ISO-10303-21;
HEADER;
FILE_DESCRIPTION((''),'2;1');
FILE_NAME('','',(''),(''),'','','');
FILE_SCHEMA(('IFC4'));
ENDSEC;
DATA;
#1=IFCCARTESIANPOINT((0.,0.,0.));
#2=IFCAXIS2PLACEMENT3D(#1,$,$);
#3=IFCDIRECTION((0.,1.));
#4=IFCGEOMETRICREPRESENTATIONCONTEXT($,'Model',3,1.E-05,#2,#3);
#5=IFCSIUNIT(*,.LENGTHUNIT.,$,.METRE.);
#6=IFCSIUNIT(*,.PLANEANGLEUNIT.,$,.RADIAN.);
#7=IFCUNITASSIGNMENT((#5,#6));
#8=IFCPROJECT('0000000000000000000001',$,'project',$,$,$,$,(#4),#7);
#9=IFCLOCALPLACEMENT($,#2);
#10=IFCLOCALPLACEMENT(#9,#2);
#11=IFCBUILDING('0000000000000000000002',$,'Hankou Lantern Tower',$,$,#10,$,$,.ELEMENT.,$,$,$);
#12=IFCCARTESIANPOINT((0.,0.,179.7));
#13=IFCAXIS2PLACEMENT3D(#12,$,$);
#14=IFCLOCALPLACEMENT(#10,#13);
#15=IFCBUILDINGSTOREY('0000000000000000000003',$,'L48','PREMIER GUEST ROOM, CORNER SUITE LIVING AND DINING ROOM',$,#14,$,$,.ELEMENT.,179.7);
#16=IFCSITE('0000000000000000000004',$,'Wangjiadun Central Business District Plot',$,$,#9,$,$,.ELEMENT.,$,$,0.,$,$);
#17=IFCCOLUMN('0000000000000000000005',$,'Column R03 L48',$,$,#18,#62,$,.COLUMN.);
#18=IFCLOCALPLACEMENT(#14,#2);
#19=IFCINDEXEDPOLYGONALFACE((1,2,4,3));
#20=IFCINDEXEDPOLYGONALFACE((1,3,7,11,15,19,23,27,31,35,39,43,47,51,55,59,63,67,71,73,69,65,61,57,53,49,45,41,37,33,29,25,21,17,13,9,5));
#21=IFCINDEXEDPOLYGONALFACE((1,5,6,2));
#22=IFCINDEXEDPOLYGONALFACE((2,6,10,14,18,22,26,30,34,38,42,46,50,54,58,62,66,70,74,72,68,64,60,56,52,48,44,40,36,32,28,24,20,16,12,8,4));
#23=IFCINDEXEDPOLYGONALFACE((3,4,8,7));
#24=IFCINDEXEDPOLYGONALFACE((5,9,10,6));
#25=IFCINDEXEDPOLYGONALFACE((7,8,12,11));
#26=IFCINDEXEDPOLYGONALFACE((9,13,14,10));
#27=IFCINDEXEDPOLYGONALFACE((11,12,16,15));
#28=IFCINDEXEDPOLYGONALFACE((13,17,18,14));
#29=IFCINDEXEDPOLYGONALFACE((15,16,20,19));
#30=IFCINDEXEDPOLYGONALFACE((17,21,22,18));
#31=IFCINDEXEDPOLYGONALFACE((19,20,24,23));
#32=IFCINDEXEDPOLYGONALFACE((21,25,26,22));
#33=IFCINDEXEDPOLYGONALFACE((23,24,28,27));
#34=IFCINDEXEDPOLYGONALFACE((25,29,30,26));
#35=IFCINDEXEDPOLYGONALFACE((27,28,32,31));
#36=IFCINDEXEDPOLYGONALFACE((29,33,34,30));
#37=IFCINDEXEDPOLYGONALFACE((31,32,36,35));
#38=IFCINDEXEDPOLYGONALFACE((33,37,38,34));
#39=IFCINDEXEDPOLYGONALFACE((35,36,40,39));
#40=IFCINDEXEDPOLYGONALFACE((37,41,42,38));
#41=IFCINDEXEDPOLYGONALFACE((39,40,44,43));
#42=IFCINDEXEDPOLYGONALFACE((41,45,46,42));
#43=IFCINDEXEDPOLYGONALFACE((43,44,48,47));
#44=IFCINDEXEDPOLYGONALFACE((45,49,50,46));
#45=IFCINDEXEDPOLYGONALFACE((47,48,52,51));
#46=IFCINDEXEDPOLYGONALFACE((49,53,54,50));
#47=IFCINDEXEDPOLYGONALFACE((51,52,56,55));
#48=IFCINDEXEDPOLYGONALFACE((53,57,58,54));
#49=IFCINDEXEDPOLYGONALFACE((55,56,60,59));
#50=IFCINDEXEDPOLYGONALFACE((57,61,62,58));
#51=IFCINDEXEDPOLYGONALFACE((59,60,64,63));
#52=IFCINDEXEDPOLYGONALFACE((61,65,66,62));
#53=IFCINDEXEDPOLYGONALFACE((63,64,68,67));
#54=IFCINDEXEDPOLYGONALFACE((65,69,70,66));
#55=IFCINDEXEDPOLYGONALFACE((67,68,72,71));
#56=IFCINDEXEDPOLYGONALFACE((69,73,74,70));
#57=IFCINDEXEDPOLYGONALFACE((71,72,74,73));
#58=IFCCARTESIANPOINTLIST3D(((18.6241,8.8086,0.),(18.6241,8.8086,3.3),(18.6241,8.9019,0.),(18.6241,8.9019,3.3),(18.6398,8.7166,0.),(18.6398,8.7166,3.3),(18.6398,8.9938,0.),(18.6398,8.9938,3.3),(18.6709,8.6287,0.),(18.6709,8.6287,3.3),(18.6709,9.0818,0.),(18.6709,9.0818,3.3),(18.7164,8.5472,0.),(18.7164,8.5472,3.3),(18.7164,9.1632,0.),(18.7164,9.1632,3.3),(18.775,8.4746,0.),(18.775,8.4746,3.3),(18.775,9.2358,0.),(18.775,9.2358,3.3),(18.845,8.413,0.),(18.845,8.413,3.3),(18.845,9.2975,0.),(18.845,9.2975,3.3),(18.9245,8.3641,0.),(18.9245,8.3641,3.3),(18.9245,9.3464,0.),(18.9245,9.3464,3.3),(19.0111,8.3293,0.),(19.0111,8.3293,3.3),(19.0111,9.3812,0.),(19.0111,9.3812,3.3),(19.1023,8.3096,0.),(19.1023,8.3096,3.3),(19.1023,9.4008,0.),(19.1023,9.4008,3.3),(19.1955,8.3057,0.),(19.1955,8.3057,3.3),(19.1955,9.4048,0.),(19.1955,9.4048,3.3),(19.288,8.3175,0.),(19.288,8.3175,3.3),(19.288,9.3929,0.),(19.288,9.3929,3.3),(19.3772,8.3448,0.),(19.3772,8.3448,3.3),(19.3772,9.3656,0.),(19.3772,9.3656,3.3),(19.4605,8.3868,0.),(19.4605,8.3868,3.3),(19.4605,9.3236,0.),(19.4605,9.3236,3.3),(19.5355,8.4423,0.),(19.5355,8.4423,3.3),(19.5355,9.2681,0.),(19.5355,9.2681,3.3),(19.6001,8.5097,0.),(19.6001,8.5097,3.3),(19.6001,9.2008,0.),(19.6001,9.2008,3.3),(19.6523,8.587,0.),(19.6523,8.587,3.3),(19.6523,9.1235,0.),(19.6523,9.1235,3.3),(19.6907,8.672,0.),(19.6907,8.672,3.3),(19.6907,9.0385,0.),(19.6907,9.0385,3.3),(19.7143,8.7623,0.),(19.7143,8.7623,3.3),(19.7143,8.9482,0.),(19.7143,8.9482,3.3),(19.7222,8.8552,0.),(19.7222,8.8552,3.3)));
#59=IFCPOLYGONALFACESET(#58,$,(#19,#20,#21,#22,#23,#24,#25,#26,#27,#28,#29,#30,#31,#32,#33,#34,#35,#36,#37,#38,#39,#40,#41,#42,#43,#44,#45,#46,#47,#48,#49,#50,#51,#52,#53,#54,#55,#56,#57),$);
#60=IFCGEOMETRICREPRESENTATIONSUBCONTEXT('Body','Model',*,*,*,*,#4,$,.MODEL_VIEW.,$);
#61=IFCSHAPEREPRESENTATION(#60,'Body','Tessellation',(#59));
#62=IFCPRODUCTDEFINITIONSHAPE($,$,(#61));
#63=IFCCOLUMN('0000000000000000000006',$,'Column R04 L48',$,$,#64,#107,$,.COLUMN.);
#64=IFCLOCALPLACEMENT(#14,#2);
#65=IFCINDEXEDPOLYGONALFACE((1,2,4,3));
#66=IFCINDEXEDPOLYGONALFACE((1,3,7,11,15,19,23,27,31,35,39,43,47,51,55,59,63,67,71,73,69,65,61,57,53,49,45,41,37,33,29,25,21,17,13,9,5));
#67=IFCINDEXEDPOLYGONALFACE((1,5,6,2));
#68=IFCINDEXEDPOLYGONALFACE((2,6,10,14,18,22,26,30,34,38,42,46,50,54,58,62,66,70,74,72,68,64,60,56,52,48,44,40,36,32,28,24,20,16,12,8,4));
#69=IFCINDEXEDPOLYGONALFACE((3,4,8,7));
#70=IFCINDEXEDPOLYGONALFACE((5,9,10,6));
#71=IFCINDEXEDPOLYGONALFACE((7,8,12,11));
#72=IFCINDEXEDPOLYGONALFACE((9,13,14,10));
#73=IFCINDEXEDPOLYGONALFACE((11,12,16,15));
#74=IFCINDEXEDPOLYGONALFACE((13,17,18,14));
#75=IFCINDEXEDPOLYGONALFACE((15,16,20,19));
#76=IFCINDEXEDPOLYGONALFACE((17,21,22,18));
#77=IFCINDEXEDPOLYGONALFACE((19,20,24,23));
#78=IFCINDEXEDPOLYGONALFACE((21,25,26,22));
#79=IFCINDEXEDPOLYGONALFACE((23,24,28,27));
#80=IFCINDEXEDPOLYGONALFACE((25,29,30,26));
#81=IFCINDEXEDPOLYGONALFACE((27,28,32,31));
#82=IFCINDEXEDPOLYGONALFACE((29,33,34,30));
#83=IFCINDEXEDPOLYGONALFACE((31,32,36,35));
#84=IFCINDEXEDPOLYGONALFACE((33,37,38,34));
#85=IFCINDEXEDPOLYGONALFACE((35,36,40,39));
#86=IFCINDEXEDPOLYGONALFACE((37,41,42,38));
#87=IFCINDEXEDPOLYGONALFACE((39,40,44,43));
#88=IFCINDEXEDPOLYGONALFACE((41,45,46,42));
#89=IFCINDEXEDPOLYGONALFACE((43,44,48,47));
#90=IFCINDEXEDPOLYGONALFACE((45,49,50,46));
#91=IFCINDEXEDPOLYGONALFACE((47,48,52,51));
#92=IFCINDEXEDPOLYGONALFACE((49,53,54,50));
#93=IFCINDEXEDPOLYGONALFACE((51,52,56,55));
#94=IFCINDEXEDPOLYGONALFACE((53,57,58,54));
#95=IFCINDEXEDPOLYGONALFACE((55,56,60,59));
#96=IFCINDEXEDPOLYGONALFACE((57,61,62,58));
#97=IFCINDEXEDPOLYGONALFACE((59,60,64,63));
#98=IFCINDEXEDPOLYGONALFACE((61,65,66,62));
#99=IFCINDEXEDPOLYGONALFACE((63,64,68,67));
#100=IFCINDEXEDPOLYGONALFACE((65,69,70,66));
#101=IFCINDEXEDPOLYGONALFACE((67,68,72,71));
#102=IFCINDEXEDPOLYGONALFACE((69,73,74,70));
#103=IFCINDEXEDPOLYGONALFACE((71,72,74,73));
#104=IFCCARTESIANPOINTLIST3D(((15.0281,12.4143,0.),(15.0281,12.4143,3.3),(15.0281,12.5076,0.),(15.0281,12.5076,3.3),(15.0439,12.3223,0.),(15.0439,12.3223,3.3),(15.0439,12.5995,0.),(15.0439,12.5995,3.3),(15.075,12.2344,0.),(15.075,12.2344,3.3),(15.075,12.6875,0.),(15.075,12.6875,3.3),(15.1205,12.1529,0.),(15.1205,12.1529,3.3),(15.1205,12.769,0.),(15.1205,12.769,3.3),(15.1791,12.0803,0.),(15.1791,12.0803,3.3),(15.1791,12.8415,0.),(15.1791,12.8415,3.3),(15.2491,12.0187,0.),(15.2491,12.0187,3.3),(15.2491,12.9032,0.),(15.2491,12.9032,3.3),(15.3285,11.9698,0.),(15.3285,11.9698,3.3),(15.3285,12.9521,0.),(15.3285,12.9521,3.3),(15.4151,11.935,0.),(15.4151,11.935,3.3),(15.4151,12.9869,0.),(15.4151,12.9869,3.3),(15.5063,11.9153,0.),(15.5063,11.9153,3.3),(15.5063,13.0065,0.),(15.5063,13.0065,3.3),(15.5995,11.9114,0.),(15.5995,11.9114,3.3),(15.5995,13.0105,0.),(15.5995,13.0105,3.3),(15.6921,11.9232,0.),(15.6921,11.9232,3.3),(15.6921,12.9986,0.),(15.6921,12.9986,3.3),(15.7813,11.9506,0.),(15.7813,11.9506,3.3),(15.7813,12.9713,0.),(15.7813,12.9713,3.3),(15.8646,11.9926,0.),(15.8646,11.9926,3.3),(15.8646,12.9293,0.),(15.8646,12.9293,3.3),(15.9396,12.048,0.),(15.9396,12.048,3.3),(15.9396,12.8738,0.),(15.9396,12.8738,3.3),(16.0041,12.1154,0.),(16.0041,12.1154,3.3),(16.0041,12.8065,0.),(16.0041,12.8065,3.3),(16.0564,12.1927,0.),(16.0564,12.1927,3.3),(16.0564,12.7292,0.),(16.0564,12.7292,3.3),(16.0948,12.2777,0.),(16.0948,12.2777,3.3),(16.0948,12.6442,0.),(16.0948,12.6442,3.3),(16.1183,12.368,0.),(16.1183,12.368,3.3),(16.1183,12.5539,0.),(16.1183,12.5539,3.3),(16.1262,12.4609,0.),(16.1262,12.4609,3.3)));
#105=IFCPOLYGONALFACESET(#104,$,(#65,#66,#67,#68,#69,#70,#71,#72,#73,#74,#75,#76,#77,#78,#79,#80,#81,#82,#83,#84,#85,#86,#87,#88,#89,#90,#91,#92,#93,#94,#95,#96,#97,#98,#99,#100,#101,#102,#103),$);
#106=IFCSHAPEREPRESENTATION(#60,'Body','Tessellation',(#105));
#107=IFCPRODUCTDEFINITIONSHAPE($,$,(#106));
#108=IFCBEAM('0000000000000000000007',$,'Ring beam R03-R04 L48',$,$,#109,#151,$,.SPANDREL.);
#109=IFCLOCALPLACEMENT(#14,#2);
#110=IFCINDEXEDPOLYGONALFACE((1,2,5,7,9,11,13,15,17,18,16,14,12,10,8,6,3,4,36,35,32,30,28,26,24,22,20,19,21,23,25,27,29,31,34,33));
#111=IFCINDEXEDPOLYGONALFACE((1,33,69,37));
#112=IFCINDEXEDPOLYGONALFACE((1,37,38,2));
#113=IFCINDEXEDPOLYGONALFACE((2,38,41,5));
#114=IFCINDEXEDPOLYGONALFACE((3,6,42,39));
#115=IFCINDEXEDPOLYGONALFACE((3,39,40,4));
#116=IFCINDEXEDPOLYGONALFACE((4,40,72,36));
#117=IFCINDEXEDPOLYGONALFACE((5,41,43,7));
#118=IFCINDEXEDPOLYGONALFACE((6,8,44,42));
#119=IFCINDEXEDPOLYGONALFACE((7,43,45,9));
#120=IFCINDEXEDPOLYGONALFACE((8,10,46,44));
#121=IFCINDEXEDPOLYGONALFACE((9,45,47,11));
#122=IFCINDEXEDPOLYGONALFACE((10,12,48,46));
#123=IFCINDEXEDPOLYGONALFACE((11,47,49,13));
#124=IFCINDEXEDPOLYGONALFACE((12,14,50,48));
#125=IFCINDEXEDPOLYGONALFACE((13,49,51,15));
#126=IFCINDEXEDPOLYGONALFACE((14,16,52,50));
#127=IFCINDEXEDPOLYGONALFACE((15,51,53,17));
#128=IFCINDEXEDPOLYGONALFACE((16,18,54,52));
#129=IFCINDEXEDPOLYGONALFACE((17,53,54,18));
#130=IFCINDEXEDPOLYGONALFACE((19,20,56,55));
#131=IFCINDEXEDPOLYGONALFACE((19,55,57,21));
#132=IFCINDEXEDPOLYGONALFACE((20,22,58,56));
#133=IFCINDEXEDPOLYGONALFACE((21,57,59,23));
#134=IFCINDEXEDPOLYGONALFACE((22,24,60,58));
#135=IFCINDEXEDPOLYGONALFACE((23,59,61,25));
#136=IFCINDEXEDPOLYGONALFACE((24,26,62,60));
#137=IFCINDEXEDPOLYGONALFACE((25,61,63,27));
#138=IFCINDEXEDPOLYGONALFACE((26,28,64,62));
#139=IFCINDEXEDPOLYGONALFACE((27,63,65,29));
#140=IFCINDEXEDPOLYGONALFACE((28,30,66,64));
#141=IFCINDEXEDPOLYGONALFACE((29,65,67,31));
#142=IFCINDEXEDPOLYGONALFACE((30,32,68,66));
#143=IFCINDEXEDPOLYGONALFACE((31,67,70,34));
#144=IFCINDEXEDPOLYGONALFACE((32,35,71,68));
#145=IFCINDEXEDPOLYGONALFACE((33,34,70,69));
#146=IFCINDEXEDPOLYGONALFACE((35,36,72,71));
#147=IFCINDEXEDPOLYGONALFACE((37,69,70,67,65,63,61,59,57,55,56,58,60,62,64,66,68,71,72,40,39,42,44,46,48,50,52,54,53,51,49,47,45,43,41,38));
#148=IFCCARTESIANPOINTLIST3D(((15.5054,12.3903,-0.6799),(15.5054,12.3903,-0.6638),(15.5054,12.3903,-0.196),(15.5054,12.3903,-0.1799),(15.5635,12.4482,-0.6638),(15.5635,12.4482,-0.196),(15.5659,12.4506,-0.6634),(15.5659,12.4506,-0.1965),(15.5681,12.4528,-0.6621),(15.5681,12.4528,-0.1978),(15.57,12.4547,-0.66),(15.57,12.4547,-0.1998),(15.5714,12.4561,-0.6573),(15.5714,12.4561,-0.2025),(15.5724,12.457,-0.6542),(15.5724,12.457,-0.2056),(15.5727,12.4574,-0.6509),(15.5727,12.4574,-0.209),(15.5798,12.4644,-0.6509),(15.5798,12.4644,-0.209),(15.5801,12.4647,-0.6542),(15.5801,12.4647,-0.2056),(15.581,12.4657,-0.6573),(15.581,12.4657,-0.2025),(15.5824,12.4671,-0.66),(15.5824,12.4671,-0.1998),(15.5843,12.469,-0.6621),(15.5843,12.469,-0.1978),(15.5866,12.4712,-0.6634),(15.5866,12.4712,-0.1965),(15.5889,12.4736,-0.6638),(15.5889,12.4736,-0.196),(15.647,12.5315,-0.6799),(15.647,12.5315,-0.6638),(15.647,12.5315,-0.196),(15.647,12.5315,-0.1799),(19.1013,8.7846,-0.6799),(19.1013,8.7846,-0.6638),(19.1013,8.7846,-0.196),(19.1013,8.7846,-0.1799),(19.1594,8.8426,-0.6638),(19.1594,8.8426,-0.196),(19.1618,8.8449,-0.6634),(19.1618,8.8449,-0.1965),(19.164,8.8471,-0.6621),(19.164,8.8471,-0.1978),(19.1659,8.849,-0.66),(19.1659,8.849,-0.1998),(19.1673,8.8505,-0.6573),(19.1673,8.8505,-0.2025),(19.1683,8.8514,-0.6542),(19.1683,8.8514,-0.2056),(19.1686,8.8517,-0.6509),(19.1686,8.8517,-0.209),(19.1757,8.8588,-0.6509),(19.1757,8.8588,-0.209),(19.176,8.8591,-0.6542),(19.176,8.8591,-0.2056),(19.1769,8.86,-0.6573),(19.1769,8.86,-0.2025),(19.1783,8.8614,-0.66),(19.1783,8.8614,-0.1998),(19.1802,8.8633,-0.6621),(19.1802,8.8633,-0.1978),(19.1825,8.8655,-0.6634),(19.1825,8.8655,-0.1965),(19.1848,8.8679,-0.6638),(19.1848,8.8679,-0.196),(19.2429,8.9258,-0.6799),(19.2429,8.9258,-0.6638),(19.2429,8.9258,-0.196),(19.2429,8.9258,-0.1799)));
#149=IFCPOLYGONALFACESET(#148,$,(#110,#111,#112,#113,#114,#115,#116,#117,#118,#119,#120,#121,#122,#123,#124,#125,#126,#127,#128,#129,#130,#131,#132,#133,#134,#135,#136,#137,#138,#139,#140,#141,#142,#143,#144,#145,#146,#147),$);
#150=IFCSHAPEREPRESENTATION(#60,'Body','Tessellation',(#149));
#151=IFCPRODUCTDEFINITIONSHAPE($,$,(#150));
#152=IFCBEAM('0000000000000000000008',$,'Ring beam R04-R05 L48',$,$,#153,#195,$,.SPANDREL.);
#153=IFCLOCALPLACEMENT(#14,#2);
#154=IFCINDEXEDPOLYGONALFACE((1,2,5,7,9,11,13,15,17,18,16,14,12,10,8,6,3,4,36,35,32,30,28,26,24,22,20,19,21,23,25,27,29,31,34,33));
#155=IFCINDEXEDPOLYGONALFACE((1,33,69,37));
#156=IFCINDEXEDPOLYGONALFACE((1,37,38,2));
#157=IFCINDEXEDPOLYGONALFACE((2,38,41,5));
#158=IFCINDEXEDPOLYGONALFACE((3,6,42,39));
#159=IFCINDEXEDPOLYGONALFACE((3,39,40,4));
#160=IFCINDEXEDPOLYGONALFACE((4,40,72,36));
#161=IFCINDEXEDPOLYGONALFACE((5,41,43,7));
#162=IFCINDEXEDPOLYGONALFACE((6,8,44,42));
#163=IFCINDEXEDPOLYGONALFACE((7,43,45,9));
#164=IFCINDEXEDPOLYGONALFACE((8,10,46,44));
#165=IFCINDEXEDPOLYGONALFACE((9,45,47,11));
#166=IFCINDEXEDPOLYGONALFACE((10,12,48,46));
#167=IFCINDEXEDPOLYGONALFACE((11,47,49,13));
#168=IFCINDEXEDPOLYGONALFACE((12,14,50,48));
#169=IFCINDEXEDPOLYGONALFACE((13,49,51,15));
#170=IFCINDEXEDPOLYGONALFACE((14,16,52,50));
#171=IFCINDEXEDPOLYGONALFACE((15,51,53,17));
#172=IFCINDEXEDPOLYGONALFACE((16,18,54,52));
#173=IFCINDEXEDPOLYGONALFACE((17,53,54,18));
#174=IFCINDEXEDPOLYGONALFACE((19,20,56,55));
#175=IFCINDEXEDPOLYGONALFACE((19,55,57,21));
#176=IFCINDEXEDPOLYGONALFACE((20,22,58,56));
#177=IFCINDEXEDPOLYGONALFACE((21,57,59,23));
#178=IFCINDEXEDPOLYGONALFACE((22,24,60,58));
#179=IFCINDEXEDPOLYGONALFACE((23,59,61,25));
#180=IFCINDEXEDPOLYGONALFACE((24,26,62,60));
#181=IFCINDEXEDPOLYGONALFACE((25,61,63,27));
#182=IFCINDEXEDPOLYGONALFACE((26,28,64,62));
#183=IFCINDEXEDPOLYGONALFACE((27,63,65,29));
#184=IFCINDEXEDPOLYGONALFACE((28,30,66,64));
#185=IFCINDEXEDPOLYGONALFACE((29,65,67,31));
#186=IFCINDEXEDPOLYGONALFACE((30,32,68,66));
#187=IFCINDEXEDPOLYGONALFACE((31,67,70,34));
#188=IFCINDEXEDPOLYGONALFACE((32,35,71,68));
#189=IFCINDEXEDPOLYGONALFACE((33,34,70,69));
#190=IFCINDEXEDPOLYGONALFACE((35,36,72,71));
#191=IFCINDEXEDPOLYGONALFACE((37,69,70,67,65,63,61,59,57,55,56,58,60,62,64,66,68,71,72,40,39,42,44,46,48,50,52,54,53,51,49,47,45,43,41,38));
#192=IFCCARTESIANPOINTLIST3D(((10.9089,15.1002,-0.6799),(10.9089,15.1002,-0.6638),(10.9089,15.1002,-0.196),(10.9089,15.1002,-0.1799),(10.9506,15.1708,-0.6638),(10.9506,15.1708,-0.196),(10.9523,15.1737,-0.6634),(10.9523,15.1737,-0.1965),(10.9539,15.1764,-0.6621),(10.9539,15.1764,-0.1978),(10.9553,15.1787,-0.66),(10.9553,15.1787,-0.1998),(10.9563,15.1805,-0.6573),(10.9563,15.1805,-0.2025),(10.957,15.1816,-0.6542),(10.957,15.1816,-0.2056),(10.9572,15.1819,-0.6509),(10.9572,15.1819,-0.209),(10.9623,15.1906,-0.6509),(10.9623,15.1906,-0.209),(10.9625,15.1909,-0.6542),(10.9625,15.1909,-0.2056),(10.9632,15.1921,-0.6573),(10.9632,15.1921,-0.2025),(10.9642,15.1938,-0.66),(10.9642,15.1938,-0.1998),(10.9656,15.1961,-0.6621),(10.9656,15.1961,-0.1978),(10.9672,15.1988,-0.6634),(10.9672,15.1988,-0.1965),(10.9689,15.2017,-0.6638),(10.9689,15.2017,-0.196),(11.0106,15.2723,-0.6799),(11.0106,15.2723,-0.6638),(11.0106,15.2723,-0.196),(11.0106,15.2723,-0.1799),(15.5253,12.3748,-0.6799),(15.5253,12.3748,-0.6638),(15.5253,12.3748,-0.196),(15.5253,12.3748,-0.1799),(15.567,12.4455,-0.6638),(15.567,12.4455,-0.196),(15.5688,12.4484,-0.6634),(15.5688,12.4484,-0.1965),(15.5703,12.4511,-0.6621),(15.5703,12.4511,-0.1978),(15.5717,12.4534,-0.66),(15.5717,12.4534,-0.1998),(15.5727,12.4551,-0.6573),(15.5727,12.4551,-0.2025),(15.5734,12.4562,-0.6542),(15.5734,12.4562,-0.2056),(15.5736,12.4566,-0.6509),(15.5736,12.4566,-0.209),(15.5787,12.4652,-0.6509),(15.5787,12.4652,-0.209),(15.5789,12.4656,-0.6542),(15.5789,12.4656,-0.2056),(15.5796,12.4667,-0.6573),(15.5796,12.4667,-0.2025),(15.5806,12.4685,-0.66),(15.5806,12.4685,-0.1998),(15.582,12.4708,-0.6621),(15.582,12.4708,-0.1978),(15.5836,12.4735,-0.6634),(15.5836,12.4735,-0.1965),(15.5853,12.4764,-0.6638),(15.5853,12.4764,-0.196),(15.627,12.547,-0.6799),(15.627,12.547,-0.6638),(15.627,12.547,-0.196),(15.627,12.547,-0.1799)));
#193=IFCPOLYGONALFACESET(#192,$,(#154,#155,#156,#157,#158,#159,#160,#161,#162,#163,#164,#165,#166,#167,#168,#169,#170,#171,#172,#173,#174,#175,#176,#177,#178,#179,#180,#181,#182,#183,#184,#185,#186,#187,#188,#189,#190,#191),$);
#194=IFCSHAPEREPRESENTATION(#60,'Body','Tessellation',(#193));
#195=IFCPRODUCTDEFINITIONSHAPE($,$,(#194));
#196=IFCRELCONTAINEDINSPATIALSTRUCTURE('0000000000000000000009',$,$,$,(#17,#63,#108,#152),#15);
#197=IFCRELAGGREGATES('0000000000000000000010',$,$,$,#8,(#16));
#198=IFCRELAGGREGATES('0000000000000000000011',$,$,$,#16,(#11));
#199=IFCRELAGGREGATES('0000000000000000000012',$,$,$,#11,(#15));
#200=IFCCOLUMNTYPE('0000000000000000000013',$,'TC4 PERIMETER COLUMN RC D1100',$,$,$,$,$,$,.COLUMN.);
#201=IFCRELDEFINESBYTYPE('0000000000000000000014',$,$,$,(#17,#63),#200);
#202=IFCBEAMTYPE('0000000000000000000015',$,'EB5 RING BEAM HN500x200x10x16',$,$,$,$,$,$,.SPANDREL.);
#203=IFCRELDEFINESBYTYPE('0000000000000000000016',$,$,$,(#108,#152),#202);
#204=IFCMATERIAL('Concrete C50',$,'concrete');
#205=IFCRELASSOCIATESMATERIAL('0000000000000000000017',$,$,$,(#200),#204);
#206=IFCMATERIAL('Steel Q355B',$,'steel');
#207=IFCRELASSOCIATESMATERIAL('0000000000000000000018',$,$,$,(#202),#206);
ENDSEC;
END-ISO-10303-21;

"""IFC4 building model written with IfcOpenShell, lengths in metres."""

from ifc_helpers import new_model, si_unit, direction, frame, origin, origin_2d, place, context, subcontext, project, spatial, circle, i_section, extrude, material, material_profile, profile_set, type_object, element, save


model = new_model("IFC4")

# Units and contexts
model_context = context("Model", 3, precision=1e-05, world=origin(), true_north=direction((0.0, 1.0)))
body_context = subcontext(model_context, "Body", "Model", "MODEL_VIEW")
ifc_project = project(units=[si_unit("LENGTHUNIT", "METRE"), si_unit("PLANEANGLEUNIT", "RADIAN")], contexts=[model_context])

# Site, building, storey
site_placement = place(None, origin())
site = spatial("IfcSite", under=ifc_project, at=site_placement, Name="Wangjiadun Central Business District Plot", CompositionType="ELEMENT", RefElevation=0.0)
building_placement = place(site_placement, origin())
building = spatial("IfcBuilding", under=site, at=building_placement, Name="Hankou Lantern Tower", CompositionType="ELEMENT")
storey_placement = place(building_placement, frame((0.0, 0.0, 179.7)))
storey = spatial("IfcBuildingStorey", under=building, at=storey_placement, Name="L48", Description="PREMIER GUEST ROOM, CORNER SUITE LIVING AND DINING ROOM", CompositionType="ELEMENT", Elevation=179.7)

# Columns
ifc_material_1 = material(Name="Concrete C50", Category="concrete")
ifc_material_profile_1 = material_profile(ifc_material_1, circle(Radius=0.55, at=origin_2d()), Name="RC D1100")
ifc_profile_set_1 = profile_set([ifc_material_profile_1], Name="Concrete C50")
column_type = type_object("IfcColumnType", Name="TC4 PERIMETER COLUMN RC D1100", PredefinedType="COLUMN", material=ifc_profile_set_1)
for number, where, z_axis, x_axis, name in (
    (1, (19.1721, 8.8552, 0.0), (0.0, 0.0, 1.0), (1.0, 0.0, 0.0), "Column R03 L48"),
    (2, (15.5762, 12.4609, 0.0), (0.0, 0.0, 1.0), (1.0, 0.0, 0.0), "Column R04 L48"),
):
    element("IfcColumn", number, at=place(storey_placement, frame(where, z_axis=z_axis, x_axis=x_axis)), inside=storey, type_object=column_type, Name=name, PredefinedType="COLUMN", context=body_context, shape_type="SweptSolid", body=[
        extrude(circle(Radius=0.55, at=origin_2d()), origin(), (0.0, 0.0, 1.0), 3.3),
    ])

# Beams
ifc_material_2 = material(Name="Steel Q355B", Category="steel")
ifc_material_profile_2 = material_profile(ifc_material_2, i_section(OverallWidth=0.2, OverallDepth=0.5, WebThickness=0.01, FlangeThickness=0.0161, FilletRadius=0.0129, at=origin_2d()), Name="HN500x200x10x16")
ifc_profile_set_2 = profile_set([ifc_material_profile_2], Name="Steel Q355B")
beam_type_1 = type_object("IfcBeamType", Name="EB5 RING BEAM HN500x200x10x16", PredefinedType="SPANDREL", material=ifc_profile_set_2)
beam_1_placement = place(storey_placement, frame((19.1721, 8.8552, -0.4299), z_axis=(-0.706147, 0.708065, 0.0), x_axis=(-0.708065, -0.706147, 0.0)))
element("IfcBeam", 3, at=beam_1_placement, inside=storey, type_object=beam_type_1, Name="Ring beam R03-R04 L48", PredefinedType="SPANDREL", context=body_context, shape_type="SweptSolid", body=[
    extrude(i_section(OverallWidth=0.2, OverallDepth=0.5, WebThickness=0.01, FlangeThickness=0.0161, FilletRadius=0.0129, at=origin_2d()), origin(), (0.0, 0.0, 1.0), 5.0923),
])
beam_2_placement = place(storey_placement, frame((15.5762, 12.4609, -0.4299), z_axis=(-0.861136, 0.508375, 0.0), x_axis=(-0.508375, -0.861136, 0.0)))
element("IfcBeam", 4, at=beam_2_placement, inside=storey, type_object=beam_type_1, Name="Ring beam R04-R05 L48", PredefinedType="SPANDREL", context=body_context, shape_type="SweptSolid", body=[
    extrude(i_section(OverallWidth=0.2, OverallDepth=0.5, WebThickness=0.01, FlangeThickness=0.0161, FilletRadius=0.0129, at=origin_2d()), origin(), (0.0, 0.0, 1.0), 5.3608),
])

save(model, "model.ifc")
